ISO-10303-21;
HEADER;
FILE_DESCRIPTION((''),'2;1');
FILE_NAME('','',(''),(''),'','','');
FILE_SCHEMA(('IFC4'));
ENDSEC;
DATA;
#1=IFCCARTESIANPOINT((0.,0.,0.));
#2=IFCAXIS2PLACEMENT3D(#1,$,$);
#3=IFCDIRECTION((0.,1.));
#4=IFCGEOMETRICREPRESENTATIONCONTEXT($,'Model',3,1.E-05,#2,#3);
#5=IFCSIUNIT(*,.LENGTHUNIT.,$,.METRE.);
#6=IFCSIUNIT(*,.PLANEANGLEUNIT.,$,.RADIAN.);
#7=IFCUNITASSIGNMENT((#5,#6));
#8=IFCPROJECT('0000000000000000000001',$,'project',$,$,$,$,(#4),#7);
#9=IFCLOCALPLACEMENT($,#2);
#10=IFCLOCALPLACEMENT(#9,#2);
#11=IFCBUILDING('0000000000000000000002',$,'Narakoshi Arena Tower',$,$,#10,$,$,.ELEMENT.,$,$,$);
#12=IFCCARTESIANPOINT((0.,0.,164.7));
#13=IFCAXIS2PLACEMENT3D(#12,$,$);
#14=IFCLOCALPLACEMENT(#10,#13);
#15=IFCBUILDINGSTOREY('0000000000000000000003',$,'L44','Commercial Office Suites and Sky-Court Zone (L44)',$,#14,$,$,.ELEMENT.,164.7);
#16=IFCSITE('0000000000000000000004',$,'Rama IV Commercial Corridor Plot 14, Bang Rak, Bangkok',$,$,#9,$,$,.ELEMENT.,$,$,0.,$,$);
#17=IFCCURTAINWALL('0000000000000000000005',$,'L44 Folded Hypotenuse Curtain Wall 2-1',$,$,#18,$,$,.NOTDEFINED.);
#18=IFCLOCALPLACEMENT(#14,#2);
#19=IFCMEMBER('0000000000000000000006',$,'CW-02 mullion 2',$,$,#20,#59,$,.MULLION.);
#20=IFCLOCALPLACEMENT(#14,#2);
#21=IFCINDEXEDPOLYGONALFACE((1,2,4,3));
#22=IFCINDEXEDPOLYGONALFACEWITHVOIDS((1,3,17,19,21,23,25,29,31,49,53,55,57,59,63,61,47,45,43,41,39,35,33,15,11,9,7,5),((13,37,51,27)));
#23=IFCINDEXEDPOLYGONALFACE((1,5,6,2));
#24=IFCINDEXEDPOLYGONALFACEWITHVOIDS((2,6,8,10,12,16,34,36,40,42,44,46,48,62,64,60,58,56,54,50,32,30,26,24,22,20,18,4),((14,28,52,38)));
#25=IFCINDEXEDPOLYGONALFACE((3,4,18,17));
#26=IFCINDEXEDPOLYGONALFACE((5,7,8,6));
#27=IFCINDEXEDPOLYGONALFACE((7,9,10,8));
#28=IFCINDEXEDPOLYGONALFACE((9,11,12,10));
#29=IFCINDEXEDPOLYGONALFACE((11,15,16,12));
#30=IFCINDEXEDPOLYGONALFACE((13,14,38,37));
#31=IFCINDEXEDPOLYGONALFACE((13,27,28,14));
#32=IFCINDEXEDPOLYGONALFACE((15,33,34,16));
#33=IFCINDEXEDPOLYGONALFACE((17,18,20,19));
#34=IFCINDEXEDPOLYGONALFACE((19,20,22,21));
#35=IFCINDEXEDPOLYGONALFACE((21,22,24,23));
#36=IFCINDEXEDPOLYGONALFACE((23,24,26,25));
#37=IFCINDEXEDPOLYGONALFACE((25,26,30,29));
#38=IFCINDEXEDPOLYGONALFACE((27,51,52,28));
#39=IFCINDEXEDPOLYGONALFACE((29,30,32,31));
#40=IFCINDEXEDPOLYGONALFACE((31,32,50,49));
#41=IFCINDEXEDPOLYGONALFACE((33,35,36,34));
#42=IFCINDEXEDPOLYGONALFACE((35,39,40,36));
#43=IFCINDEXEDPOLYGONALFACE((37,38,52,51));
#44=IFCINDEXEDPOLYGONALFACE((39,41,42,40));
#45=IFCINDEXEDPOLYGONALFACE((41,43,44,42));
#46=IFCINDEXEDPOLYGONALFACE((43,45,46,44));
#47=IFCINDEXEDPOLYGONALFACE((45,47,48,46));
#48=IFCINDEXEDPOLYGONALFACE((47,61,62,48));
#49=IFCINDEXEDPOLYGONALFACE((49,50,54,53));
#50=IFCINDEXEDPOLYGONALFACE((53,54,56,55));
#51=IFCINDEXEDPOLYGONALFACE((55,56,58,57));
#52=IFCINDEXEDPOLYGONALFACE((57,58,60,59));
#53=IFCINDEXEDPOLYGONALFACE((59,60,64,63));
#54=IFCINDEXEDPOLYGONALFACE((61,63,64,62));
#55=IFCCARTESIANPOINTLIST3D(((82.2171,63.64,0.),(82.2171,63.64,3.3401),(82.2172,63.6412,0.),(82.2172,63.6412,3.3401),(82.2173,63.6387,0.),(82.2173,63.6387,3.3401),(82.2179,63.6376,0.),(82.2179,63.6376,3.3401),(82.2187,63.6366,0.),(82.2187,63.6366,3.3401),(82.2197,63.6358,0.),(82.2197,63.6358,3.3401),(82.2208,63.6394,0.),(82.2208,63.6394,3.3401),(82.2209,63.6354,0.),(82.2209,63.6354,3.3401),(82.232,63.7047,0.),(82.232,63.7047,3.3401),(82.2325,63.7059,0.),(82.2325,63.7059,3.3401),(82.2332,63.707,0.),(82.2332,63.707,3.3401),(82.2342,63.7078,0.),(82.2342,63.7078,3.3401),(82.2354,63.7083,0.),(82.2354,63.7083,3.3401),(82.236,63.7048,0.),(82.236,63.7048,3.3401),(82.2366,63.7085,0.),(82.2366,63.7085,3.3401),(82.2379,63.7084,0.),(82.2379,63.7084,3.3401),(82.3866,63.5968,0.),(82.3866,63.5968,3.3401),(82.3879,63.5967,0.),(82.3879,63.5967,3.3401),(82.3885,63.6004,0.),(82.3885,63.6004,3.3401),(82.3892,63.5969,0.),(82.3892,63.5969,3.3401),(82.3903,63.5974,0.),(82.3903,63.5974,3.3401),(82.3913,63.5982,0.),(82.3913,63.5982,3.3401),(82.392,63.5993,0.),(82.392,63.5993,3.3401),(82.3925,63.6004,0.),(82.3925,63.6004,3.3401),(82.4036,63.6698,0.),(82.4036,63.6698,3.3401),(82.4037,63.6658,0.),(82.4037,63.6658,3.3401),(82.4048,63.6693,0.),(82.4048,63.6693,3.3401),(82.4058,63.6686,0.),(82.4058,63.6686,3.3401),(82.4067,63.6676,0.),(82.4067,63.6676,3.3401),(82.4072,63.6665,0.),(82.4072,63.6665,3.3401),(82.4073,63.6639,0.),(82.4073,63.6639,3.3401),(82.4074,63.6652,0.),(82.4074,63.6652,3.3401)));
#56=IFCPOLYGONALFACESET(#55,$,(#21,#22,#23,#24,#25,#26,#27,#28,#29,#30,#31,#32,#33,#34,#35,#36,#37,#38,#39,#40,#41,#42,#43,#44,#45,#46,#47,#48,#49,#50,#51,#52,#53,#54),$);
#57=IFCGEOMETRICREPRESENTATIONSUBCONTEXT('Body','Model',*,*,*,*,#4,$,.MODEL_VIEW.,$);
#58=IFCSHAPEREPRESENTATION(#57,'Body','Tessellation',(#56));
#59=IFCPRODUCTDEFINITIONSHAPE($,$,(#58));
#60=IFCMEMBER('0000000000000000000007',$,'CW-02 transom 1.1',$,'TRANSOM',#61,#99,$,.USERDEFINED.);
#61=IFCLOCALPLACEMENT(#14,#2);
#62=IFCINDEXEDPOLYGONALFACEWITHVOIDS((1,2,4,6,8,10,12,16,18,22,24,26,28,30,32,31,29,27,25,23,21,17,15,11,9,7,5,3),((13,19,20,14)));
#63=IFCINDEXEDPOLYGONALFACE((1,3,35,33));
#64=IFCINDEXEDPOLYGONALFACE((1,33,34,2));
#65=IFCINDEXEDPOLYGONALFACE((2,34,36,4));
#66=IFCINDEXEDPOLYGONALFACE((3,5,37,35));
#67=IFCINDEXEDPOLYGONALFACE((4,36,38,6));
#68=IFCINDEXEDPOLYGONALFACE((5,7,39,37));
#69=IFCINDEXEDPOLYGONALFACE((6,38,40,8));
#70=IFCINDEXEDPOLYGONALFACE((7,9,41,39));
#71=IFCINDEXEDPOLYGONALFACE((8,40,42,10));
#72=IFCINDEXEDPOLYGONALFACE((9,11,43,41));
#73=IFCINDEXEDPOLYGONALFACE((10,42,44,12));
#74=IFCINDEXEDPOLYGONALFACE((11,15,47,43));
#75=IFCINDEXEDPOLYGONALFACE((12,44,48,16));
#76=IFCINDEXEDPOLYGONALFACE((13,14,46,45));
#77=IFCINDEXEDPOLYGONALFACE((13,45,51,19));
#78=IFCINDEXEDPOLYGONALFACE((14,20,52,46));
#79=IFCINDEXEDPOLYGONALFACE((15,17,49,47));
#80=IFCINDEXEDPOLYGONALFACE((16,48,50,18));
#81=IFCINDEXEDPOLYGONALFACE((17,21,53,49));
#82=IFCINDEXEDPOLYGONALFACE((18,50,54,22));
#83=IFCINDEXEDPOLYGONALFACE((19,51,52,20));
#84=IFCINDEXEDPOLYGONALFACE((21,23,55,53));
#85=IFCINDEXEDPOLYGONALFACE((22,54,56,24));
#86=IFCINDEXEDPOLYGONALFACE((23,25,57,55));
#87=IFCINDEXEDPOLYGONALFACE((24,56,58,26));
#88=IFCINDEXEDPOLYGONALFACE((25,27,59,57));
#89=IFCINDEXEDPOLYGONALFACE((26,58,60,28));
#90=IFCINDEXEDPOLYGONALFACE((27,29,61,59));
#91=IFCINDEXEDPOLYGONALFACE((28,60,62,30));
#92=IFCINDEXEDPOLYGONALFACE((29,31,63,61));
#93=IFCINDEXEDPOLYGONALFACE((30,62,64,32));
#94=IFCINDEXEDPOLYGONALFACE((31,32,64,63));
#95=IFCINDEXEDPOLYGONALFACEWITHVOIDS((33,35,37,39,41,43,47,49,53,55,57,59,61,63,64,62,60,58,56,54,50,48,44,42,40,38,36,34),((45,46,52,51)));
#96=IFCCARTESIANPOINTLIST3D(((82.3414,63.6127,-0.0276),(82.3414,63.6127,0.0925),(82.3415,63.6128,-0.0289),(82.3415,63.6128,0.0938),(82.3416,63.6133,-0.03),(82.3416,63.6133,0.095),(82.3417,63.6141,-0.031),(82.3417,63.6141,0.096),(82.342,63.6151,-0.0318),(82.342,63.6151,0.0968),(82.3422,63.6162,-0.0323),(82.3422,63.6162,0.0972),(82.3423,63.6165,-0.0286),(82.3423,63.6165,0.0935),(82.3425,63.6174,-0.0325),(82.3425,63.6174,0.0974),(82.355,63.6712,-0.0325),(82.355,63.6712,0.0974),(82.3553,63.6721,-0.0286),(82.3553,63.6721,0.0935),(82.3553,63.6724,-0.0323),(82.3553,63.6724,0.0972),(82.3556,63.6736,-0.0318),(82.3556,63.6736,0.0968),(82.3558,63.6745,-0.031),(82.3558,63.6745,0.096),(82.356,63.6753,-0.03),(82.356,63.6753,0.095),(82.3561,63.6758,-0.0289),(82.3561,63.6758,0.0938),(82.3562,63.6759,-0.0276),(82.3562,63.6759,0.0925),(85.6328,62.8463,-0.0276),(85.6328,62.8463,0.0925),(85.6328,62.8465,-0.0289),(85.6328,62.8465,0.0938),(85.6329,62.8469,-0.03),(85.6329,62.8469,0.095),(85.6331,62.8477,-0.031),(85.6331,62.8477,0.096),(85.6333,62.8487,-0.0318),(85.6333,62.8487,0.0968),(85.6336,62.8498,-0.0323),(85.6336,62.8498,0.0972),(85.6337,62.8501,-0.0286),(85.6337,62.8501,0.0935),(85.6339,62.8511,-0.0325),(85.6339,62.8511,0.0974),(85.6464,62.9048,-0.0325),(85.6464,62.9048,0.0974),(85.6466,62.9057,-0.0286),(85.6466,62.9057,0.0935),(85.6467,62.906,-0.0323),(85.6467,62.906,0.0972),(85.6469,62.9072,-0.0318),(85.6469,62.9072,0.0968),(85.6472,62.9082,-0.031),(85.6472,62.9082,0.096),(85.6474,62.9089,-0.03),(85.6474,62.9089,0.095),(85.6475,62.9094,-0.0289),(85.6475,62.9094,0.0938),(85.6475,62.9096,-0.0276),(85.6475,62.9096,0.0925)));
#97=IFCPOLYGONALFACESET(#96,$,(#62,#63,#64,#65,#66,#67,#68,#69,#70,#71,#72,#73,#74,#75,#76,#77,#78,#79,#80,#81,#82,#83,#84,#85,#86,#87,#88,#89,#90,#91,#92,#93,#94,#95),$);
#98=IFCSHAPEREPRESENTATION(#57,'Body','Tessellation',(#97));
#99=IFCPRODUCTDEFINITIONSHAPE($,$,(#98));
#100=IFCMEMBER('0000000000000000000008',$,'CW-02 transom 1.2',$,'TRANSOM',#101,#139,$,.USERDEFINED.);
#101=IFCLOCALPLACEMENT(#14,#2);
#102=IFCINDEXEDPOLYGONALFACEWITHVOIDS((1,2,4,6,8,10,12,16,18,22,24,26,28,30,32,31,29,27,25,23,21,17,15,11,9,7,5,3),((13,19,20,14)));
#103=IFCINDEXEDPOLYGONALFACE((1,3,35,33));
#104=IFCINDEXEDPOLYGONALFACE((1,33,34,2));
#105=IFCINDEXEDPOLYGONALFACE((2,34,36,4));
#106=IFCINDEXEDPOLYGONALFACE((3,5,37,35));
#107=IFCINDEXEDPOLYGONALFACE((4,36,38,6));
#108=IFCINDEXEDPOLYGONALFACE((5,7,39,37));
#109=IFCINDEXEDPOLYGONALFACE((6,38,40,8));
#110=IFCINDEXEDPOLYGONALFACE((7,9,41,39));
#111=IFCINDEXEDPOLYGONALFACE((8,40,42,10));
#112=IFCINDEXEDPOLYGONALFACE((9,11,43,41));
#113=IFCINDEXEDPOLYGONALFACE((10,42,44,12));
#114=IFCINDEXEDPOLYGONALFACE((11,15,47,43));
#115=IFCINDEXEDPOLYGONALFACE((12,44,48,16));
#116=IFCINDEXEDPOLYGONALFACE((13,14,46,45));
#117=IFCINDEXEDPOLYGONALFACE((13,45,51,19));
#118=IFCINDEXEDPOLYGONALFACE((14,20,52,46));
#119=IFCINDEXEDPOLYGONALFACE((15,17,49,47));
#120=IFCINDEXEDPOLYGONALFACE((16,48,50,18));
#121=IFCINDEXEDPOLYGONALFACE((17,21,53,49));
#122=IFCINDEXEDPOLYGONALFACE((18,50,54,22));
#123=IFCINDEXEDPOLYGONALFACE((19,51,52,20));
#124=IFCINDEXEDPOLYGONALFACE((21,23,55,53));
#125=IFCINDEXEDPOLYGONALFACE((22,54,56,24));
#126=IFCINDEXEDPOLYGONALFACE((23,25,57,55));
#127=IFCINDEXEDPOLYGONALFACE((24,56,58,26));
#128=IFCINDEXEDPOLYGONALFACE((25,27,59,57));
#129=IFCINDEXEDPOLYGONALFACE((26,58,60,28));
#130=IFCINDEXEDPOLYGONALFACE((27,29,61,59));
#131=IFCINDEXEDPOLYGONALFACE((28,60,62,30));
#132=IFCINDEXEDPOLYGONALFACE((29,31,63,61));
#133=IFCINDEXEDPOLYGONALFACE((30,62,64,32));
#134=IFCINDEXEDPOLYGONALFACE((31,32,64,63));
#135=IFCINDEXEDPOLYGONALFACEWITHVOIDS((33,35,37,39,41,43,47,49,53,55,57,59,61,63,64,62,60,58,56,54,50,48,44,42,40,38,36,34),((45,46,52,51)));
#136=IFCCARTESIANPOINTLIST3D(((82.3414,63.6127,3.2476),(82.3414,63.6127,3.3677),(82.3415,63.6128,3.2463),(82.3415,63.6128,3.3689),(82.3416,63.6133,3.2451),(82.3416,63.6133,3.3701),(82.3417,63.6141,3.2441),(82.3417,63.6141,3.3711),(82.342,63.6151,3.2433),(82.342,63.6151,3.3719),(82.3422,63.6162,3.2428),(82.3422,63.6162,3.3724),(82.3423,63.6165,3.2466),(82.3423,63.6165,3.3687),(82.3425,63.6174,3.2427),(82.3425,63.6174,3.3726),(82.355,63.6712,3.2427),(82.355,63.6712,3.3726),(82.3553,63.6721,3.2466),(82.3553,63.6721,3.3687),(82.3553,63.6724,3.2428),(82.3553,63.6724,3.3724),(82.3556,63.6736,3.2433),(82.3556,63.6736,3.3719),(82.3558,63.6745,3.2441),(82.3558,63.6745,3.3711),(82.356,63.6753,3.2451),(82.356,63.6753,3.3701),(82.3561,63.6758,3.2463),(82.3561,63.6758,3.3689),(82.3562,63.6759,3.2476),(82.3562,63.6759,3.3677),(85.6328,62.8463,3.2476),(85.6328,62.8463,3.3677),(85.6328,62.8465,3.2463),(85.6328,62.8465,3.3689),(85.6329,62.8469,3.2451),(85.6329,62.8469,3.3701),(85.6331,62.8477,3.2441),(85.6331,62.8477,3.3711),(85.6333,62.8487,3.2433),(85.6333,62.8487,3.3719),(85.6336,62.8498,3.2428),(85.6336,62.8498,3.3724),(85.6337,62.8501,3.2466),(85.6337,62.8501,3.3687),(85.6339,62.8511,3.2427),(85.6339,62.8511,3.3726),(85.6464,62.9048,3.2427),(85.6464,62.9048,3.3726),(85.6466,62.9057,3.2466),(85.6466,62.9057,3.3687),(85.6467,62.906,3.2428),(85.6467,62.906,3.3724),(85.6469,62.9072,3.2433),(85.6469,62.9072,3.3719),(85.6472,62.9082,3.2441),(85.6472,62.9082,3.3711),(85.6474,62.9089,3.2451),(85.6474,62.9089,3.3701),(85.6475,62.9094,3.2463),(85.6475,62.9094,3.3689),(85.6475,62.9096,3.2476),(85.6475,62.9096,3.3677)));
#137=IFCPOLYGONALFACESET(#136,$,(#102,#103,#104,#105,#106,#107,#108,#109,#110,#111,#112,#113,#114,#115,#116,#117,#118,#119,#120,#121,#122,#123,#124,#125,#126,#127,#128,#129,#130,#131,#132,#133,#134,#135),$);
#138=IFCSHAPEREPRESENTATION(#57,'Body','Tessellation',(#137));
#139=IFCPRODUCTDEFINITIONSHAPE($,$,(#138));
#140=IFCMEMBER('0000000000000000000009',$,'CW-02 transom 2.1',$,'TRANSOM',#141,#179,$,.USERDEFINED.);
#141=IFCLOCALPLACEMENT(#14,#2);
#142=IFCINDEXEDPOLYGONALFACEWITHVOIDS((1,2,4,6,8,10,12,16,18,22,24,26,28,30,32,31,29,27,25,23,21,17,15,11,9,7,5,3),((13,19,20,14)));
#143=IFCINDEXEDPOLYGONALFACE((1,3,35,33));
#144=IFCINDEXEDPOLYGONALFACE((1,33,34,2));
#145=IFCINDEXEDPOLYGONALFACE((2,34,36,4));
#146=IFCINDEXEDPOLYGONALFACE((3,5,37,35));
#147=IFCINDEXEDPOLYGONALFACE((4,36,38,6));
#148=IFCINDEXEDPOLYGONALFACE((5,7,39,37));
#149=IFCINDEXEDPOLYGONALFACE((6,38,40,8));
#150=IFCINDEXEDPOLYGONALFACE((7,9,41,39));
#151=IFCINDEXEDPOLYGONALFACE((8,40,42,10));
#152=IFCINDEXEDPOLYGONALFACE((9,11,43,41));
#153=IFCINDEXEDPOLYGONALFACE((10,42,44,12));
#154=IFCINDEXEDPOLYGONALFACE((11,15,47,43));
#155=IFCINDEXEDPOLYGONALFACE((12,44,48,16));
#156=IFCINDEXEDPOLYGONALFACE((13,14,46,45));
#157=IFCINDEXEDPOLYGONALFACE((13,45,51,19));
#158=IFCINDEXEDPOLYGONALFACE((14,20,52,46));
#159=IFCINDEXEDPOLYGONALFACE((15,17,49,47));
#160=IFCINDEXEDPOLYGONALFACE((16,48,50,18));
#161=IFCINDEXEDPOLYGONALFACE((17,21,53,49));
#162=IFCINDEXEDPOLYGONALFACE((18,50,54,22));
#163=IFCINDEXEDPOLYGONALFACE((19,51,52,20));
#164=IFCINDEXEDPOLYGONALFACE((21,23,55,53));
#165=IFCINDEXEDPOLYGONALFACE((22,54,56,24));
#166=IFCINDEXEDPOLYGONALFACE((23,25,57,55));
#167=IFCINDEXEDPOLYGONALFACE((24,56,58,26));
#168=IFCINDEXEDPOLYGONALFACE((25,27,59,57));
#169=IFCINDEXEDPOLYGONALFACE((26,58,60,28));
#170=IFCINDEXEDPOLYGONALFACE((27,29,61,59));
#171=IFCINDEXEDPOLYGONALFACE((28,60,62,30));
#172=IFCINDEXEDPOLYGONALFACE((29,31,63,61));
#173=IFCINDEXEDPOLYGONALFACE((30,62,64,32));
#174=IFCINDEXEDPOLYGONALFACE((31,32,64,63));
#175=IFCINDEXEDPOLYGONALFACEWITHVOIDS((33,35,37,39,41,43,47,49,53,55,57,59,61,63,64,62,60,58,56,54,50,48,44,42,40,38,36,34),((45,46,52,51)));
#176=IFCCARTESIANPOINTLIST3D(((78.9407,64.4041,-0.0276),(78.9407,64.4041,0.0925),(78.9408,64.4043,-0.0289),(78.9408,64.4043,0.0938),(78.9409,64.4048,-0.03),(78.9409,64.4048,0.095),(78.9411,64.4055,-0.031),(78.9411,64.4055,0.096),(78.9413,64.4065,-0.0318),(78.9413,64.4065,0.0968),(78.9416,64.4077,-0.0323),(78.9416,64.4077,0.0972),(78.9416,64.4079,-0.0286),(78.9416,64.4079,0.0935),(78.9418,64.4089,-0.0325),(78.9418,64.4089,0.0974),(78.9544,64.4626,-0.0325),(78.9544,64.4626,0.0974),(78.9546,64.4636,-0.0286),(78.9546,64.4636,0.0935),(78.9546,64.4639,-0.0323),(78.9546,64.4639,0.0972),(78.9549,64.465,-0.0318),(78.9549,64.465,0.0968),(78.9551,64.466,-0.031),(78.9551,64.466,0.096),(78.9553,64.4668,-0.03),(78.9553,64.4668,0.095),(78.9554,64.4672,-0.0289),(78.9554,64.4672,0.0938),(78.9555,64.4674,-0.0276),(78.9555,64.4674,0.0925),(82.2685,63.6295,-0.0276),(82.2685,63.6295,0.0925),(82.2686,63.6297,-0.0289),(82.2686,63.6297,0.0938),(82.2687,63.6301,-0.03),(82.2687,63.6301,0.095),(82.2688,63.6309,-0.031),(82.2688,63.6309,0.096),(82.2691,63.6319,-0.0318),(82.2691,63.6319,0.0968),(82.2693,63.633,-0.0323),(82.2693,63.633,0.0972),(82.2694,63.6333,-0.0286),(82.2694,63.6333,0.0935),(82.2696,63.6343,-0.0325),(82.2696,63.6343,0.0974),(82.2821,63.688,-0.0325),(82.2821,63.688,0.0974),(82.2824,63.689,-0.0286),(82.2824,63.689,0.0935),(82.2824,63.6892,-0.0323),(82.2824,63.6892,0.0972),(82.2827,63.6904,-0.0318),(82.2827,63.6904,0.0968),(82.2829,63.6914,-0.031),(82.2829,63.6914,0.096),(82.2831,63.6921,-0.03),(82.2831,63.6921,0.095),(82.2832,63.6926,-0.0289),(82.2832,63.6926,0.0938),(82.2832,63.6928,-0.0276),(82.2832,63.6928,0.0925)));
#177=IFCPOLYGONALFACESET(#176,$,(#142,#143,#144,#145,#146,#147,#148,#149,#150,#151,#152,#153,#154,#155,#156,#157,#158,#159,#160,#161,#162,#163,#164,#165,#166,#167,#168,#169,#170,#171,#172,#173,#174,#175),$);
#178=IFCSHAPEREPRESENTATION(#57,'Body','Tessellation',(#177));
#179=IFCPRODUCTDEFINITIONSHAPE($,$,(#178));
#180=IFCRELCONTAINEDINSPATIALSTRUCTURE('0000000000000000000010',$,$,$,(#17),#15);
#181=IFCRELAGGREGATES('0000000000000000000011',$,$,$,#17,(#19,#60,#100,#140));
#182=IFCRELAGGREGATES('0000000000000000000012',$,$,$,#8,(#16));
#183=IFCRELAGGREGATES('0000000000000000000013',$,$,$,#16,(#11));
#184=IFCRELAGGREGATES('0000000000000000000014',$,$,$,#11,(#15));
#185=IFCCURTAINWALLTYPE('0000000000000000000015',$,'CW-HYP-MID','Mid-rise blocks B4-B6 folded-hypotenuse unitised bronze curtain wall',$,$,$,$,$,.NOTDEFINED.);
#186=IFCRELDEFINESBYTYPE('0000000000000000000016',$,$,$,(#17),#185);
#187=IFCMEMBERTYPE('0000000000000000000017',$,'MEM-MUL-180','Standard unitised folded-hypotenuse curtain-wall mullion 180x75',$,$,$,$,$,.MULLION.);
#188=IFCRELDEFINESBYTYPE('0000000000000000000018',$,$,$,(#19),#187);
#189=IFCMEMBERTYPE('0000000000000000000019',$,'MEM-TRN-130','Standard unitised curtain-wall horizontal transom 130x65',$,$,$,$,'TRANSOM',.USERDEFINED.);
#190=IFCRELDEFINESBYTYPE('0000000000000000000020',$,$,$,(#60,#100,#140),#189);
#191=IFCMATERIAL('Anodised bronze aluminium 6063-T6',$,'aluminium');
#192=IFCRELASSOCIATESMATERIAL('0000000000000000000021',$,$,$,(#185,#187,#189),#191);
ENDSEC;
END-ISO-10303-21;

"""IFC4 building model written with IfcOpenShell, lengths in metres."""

from ifc_helpers import new_model, si_unit, direction, frame, origin, origin_2d, place, context, subcontext, project, spatial, hollow_rectangle, extrude, material, material_profile, profile_set, type_object, element, aggregate, save


model = new_model("IFC4")

# Units and contexts
model_context = context("Model", 3, precision=1e-05, world=origin(), true_north=direction((0.0, 1.0)))
body_context = subcontext(model_context, "Body", "Model", "MODEL_VIEW")
ifc_project = project(units=[si_unit("LENGTHUNIT", "METRE"), si_unit("PLANEANGLEUNIT", "RADIAN")], contexts=[model_context])

# Site, building, storey
site_placement = place(None, origin())
site = spatial("IfcSite", under=ifc_project, at=site_placement, Name="Rama IV Commercial Corridor Plot 14, Bang Rak, Bangkok", CompositionType="ELEMENT", RefElevation=0.0)
building_placement = place(site_placement, origin())
building = spatial("IfcBuilding", under=site, at=building_placement, Name="Narakoshi Arena Tower", CompositionType="ELEMENT")
storey_placement = place(building_placement, frame((0.0, 0.0, 164.7)))
storey = spatial("IfcBuildingStorey", under=building, at=storey_placement, Name="L44", Description="Commercial Office Suites and Sky-Court Zone (L44)", CompositionType="ELEMENT", Elevation=164.7)

# Shared definitions
ifc_material_1 = material(Name="Anodised bronze aluminium 6063-T6", Category="aluminium")
curtain_wall_type = type_object("IfcCurtainWallType", Name="CW-HYP-MID", Description="Mid-rise blocks B4-B6 folded-hypotenuse unitised bronze curtain wall", PredefinedType="NOTDEFINED", material=ifc_material_1)
ifc_material_profile_1 = material_profile(ifc_material_1, hollow_rectangle(XDim=0.075, YDim=0.1799, WallThickness=0.0039, OuterFilletRadius=0.0049, at=origin_2d()), Name="MUL180x75x4")
ifc_profile_set_1 = profile_set([ifc_material_profile_1], Name="Anodised bronze aluminium 6063-T6")
member_type_1 = type_object("IfcMemberType", Name="MEM-MUL-180", Description="Standard unitised folded-hypotenuse curtain-wall mullion 180x75", PredefinedType="MULLION", material=ifc_profile_set_1)

# Curtain wall, members
curtain_wall_1_placement = place(storey_placement, origin())
curtain_wall_1 = element("IfcCurtainWall", 1, at=curtain_wall_1_placement, inside=storey, type_object=curtain_wall_type, Name="L44 Folded Hypotenuse Curtain Wall 2-1", PredefinedType="NOTDEFINED")
member_1_placement = place(storey_placement, frame((82.3123, 63.6526, 0.0), z_axis=(0.0, 0.0, 1.0), x_axis=(-0.226721, -0.97396, 0.0)))
member_1 = element("IfcMember", 2, at=member_1_placement, type_object=member_type_1, Name="CW-02 mullion 2", PredefinedType="MULLION", context=body_context, shape_type="SweptSolid", body=[
    extrude(hollow_rectangle(XDim=0.075, YDim=0.1799, WallThickness=0.0039, OuterFilletRadius=0.0049, at=origin_2d()), origin(), (0.0, 0.0, 1.0), 3.3401),
])
ifc_material_profile_2 = material_profile(ifc_material_1, hollow_rectangle(XDim=0.0649, YDim=0.1299, WallThickness=0.0039, OuterFilletRadius=0.0049, at=origin_2d()), Name="TRN130x65x4")
ifc_profile_set_2 = profile_set([ifc_material_profile_2], Name="Anodised bronze aluminium 6063-T6")
member_type_2 = type_object("IfcMemberType", Name="MEM-TRN-130", Description="Standard unitised curtain-wall horizontal transom 130x65", ElementType="TRANSOM", PredefinedType="USERDEFINED", material=ifc_profile_set_2)
member_2_placement = place(storey_placement, frame((85.6401, 62.8779, 0.0325), z_axis=(-0.973946, 0.22678, 0.0), x_axis=(-0.22678, -0.973946, 0.0)))
member_2 = element("IfcMember", 3, at=member_2_placement, type_object=member_type_2, Name="CW-02 transom 1.1", ObjectType="TRANSOM", PredefinedType="USERDEFINED", context=body_context, shape_type="SweptSolid", body=[
    extrude(hollow_rectangle(XDim=0.0649, YDim=0.1299, WallThickness=0.0039, OuterFilletRadius=0.0049, at=origin_2d()), origin(), (0.0, 0.0, 1.0), 3.3794),
])
member_3_placement = place(storey_placement, frame((85.6401, 62.8779, 3.3076), z_axis=(-0.973946, 0.22678, 0.0), x_axis=(-0.22678, -0.973946, 0.0)))
member_3 = element("IfcMember", 4, at=member_3_placement, type_object=member_type_2, Name="CW-02 transom 1.2", ObjectType="TRANSOM", PredefinedType="USERDEFINED", context=body_context, shape_type="SweptSolid", body=[
    extrude(hollow_rectangle(XDim=0.0649, YDim=0.1299, WallThickness=0.0039, OuterFilletRadius=0.0049, at=origin_2d()), origin(), (0.0, 0.0, 1.0), 3.3794),
])
member_4_placement = place(storey_placement, frame((82.2759, 63.6611, 0.0325), z_axis=(-0.973961, 0.226717, 0.0), x_axis=(-0.226717, -0.973961, 0.0)))
member_4 = element("IfcMember", 5, at=member_4_placement, type_object=member_type_2, Name="CW-02 transom 2.1", ObjectType="TRANSOM", PredefinedType="USERDEFINED", context=body_context, shape_type="SweptSolid", body=[
    extrude(hollow_rectangle(XDim=0.0649, YDim=0.1299, WallThickness=0.0039, OuterFilletRadius=0.0049, at=origin_2d()), origin(), (0.0, 0.0, 1.0), 3.4167),
])
aggregate(curtain_wall_1, [member_1, member_2, member_3, member_4])

save(model, "model.ifc")
